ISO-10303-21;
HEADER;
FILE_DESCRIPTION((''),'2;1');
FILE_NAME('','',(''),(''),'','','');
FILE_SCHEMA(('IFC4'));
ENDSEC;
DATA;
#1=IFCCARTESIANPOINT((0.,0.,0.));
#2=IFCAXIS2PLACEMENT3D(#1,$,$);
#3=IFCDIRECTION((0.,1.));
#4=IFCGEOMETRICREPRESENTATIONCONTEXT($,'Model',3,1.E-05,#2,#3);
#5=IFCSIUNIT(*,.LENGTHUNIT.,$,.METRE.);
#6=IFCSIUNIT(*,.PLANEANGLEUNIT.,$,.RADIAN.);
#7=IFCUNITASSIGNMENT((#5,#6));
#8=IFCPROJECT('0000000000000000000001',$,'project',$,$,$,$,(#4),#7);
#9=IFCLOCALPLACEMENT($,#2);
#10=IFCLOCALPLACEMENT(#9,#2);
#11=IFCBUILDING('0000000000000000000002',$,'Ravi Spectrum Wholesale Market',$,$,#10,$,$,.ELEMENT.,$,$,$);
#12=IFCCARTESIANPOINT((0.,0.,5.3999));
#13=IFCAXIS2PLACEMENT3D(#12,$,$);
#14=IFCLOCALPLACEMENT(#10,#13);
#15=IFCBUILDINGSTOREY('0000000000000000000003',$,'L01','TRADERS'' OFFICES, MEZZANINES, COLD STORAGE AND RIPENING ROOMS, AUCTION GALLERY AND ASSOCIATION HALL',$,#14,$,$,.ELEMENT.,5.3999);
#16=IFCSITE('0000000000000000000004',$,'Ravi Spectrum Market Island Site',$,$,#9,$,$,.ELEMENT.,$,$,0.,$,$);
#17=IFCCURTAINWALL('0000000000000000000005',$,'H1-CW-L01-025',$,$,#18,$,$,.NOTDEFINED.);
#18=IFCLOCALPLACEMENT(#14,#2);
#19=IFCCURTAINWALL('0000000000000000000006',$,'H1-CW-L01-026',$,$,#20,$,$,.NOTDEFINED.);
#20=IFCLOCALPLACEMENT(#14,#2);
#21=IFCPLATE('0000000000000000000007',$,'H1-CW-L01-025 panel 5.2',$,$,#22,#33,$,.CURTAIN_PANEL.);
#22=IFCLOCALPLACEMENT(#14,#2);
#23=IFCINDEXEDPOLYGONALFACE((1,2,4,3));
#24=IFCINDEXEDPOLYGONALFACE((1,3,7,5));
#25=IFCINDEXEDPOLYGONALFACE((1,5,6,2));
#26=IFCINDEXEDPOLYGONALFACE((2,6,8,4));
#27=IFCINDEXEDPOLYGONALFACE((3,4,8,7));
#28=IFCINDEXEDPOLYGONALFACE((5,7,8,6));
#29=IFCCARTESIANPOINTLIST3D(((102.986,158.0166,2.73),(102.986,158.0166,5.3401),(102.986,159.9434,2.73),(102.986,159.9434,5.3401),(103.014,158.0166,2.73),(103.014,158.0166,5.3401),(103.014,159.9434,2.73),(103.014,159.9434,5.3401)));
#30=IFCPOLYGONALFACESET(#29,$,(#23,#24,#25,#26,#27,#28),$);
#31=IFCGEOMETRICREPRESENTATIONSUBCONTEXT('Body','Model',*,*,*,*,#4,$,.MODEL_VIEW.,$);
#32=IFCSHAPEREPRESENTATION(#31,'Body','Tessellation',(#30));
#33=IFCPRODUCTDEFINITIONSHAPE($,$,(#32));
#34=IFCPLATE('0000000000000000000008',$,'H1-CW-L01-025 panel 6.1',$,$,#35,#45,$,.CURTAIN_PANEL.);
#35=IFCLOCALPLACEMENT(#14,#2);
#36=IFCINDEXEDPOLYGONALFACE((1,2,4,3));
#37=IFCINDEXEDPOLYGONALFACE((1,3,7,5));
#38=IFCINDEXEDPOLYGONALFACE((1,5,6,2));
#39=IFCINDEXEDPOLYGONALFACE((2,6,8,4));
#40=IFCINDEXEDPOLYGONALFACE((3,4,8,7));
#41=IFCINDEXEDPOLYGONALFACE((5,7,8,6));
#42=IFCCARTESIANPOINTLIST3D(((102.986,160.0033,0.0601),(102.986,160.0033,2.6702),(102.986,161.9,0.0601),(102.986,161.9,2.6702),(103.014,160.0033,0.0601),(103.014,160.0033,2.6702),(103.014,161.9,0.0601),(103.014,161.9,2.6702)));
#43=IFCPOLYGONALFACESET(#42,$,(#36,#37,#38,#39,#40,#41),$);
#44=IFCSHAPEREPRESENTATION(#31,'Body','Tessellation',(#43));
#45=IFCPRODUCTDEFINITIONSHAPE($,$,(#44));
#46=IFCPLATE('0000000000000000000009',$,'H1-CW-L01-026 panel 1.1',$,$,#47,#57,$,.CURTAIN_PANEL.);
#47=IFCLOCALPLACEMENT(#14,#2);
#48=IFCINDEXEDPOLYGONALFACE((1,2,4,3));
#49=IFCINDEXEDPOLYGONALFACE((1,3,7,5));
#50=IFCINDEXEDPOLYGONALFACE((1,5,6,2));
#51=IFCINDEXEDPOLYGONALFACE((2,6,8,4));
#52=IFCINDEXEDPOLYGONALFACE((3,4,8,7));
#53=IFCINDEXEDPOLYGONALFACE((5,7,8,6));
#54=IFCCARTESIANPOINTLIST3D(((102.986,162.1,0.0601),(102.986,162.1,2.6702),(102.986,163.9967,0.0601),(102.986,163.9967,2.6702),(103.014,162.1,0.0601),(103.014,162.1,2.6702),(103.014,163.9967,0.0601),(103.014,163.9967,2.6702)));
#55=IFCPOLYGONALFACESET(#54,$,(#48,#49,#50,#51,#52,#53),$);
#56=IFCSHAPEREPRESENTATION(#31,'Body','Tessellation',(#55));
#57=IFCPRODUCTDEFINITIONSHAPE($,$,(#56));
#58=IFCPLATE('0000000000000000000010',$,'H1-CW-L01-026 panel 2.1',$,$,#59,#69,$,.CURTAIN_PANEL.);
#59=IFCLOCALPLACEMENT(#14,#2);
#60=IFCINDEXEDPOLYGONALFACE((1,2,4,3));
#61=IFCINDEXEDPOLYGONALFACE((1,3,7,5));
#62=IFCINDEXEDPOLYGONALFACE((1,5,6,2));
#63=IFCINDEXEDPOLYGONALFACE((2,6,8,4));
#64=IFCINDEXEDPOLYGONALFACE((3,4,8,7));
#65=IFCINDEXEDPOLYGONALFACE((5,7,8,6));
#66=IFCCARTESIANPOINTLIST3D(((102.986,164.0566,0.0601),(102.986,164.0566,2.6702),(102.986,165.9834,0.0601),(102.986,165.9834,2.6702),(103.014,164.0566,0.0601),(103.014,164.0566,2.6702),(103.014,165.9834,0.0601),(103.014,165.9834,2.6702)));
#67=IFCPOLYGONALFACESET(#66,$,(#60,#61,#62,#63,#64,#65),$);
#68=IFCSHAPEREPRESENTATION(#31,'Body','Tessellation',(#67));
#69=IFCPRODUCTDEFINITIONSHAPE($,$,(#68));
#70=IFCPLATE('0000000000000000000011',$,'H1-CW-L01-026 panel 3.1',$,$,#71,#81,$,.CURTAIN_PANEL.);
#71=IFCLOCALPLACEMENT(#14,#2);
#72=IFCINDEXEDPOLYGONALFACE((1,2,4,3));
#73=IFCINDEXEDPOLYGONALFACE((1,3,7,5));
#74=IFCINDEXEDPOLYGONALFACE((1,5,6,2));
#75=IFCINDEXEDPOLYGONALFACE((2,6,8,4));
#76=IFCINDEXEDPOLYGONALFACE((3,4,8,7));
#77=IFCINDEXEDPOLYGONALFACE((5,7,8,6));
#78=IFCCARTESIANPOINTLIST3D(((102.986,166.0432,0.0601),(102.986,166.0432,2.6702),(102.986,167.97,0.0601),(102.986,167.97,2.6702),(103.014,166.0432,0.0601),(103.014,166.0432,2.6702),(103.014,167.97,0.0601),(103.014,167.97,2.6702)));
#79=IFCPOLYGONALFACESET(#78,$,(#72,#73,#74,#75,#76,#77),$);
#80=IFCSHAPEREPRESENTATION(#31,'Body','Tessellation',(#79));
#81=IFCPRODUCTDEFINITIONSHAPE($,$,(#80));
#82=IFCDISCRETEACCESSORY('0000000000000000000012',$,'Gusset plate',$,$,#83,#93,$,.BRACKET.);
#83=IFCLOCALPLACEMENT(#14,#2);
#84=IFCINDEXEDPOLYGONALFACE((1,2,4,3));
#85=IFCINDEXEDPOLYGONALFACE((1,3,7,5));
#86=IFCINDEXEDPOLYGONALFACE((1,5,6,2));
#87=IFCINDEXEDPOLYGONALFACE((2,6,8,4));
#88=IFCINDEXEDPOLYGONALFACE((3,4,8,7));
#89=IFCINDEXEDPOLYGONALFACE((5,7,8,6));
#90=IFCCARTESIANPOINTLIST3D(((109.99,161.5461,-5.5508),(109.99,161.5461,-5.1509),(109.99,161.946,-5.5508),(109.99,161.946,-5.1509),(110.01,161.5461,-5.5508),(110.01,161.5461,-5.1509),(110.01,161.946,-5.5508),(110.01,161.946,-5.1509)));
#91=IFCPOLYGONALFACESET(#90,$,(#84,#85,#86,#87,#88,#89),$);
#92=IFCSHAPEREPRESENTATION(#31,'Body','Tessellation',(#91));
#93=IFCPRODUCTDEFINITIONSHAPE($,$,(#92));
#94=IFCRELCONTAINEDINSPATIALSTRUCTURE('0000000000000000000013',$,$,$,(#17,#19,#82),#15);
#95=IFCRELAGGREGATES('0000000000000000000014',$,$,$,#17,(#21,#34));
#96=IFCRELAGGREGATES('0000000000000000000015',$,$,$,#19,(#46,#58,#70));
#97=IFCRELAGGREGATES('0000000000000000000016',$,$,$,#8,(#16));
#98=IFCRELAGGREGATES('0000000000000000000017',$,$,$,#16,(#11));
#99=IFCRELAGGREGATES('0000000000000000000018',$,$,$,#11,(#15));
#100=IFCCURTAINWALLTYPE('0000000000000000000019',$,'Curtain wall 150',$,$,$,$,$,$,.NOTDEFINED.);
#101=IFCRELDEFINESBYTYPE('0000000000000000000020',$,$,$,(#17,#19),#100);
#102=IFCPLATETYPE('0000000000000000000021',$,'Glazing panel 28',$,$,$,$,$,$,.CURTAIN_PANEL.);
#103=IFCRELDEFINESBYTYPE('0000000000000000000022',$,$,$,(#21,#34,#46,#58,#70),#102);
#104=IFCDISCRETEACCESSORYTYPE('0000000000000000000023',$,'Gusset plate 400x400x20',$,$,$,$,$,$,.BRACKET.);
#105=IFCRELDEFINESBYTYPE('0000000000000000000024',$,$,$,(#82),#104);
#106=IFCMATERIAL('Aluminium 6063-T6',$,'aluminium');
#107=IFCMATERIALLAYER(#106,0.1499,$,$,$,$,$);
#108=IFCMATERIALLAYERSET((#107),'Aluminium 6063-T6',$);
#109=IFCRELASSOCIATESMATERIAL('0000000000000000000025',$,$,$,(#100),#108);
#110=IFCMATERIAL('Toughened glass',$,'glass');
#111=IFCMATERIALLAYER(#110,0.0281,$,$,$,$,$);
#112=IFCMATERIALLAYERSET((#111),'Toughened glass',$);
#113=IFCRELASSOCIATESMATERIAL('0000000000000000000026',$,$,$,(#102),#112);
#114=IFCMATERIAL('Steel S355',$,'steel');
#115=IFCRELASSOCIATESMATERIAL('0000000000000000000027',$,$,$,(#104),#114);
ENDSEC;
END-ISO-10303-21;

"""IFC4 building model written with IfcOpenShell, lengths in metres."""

from ifc_helpers import new_model, si_unit, direction, frame, origin, origin_2d, place, context, subcontext, project, spatial, rectangle, extrude, material, layer, layer_set, material_profile, profile_set, type_object, element, aggregate, save


model = new_model("IFC4")

# Units and contexts
model_context = context("Model", 3, precision=1e-05, world=origin(), true_north=direction((0.0, 1.0)))
body_context = subcontext(model_context, "Body", "Model", "MODEL_VIEW")
ifc_project = project(units=[si_unit("LENGTHUNIT", "METRE"), si_unit("PLANEANGLEUNIT", "RADIAN")], contexts=[model_context])

# Site, building, storey
site_placement = place(None, origin())
site = spatial("IfcSite", under=ifc_project, at=site_placement, Name="Ravi Spectrum Market Island Site", CompositionType="ELEMENT", RefElevation=0.0)
building_placement = place(site_placement, origin())
building = spatial("IfcBuilding", under=site, at=building_placement, Name="Ravi Spectrum Wholesale Market", CompositionType="ELEMENT")
storey_placement = place(building_placement, frame((0.0, 0.0, 5.3999)))
storey = spatial("IfcBuildingStorey", under=building, at=storey_placement, Name="L01", Description="TRADERS' OFFICES, MEZZANINES, COLD STORAGE AND RIPENING ROOMS, AUCTION GALLERY AND ASSOCIATION HALL", CompositionType="ELEMENT", Elevation=5.3999)

# Curtain walls
ifc_material_1 = material(Name="Aluminium 6063-T6", Category="aluminium")
ifc_layer_1 = layer(ifc_material_1, 0.1499)
ifc_layer_set_1 = layer_set([ifc_layer_1], Name="Aluminium 6063-T6")
curtain_wall_type = type_object("IfcCurtainWallType", Name="Curtain wall 150", PredefinedType="NOTDEFINED", material=ifc_layer_set_1)
curtain_wall_1_placement = place(storey_placement, origin())
curtain_wall_1 = element("IfcCurtainWall", 1, at=curtain_wall_1_placement, inside=storey, type_object=curtain_wall_type, Name="H1-CW-L01-025", PredefinedType="NOTDEFINED")
curtain_wall_2_placement = place(storey_placement, origin())
curtain_wall_2 = element("IfcCurtainWall", 2, at=curtain_wall_2_placement, inside=storey, type_object=curtain_wall_type, Name="H1-CW-L01-026", PredefinedType="NOTDEFINED")

# Plates
ifc_material_2 = material(Name="Toughened glass", Category="glass")
ifc_layer_2 = layer(ifc_material_2, 0.0281)
ifc_layer_set_2 = layer_set([ifc_layer_2], Name="Toughened glass")
plate_type = type_object("IfcPlateType", Name="Glazing panel 28", PredefinedType="CURTAIN_PANEL", material=ifc_layer_set_2)
plate_1_placement = place(storey_placement, frame((103.0, 158.98, 2.73), z_axis=(0.0, 0.0, 1.0), x_axis=(0.0, 1.0, 0.0)))
plate_1 = element("IfcPlate", 3, at=plate_1_placement, type_object=plate_type, Name="H1-CW-L01-025 panel 5.2", PredefinedType="CURTAIN_PANEL", context=body_context, shape_type="SweptSolid", body=[
    extrude(rectangle(XDim=1.9268, YDim=0.0281, at=origin_2d()), origin(), (0.0, 0.0, 1.0), 2.6101),
])
plate_2_placement = place(storey_placement, frame((103.0, 160.9517, 0.0601), z_axis=(0.0, 0.0, 1.0), x_axis=(0.0, 1.0, 0.0)))
plate_2 = element("IfcPlate", 4, at=plate_2_placement, type_object=plate_type, Name="H1-CW-L01-025 panel 6.1", PredefinedType="CURTAIN_PANEL", context=body_context, shape_type="SweptSolid", body=[
    extrude(rectangle(XDim=1.8967, YDim=0.0281, at=origin_2d()), origin(), (0.0, 0.0, 1.0), 2.6101),
])
aggregate(curtain_wall_1, [plate_1, plate_2])
plate_3_placement = place(storey_placement, frame((103.0, 163.0483, 0.0601), z_axis=(0.0, 0.0, 1.0), x_axis=(0.0, 1.0, 0.0)))
plate_3 = element("IfcPlate", 5, at=plate_3_placement, type_object=plate_type, Name="H1-CW-L01-026 panel 1.1", PredefinedType="CURTAIN_PANEL", context=body_context, shape_type="SweptSolid", body=[
    extrude(rectangle(XDim=1.8967, YDim=0.0281, at=origin_2d()), origin(), (0.0, 0.0, 1.0), 2.6101),
])
plate_4_placement = place(storey_placement, frame((103.0, 165.02, 0.0601), z_axis=(0.0, 0.0, 1.0), x_axis=(0.0, 1.0, 0.0)))
plate_4 = element("IfcPlate", 6, at=plate_4_placement, type_object=plate_type, Name="H1-CW-L01-026 panel 2.1", PredefinedType="CURTAIN_PANEL", context=body_context, shape_type="SweptSolid", body=[
    extrude(rectangle(XDim=1.9268, YDim=0.0281, at=origin_2d()), origin(), (0.0, 0.0, 1.0), 2.6101),
])
plate_5_placement = place(storey_placement, frame((103.0, 167.0066, 0.0601), z_axis=(0.0, 0.0, 1.0), x_axis=(0.0, 1.0, 0.0)))
plate_5 = element("IfcPlate", 7, at=plate_5_placement, type_object=plate_type, Name="H1-CW-L01-026 panel 3.1", PredefinedType="CURTAIN_PANEL", context=body_context, shape_type="SweptSolid", body=[
    extrude(rectangle(XDim=1.9268, YDim=0.0281, at=origin_2d()), origin(), (0.0, 0.0, 1.0), 2.6101),
])
aggregate(curtain_wall_2, [plate_3, plate_4, plate_5])

# Discrete accessory
ifc_material_3 = material(Name="Steel S355", Category="steel")
ifc_material_profile_1 = material_profile(ifc_material_3, rectangle(XDim=0.3999, YDim=0.02, at=origin_2d()))
ifc_profile_set_1 = profile_set([ifc_material_profile_1], Name="Steel S355")
discrete_accessory_type = type_object("IfcDiscreteAccessoryType", Name="Gusset plate 400x400x20", PredefinedType="BRACKET", material=ifc_profile_set_1)
discrete_accessory_placement = place(storey_placement, frame((110.0, 161.7461, -5.5508), z_axis=(0.0, 0.0, 1.0), x_axis=(0.0, -1.0, 0.0)))
element("IfcDiscreteAccessory", 8, at=discrete_accessory_placement, inside=storey, type_object=discrete_accessory_type, Name="Gusset plate", PredefinedType="BRACKET", context=body_context, shape_type="SweptSolid", body=[
    extrude(rectangle(XDim=0.3999, YDim=0.02, at=origin_2d()), origin(), (0.0, 0.0, 1.0), 0.3999),
])

save(model, "model.ifc")
